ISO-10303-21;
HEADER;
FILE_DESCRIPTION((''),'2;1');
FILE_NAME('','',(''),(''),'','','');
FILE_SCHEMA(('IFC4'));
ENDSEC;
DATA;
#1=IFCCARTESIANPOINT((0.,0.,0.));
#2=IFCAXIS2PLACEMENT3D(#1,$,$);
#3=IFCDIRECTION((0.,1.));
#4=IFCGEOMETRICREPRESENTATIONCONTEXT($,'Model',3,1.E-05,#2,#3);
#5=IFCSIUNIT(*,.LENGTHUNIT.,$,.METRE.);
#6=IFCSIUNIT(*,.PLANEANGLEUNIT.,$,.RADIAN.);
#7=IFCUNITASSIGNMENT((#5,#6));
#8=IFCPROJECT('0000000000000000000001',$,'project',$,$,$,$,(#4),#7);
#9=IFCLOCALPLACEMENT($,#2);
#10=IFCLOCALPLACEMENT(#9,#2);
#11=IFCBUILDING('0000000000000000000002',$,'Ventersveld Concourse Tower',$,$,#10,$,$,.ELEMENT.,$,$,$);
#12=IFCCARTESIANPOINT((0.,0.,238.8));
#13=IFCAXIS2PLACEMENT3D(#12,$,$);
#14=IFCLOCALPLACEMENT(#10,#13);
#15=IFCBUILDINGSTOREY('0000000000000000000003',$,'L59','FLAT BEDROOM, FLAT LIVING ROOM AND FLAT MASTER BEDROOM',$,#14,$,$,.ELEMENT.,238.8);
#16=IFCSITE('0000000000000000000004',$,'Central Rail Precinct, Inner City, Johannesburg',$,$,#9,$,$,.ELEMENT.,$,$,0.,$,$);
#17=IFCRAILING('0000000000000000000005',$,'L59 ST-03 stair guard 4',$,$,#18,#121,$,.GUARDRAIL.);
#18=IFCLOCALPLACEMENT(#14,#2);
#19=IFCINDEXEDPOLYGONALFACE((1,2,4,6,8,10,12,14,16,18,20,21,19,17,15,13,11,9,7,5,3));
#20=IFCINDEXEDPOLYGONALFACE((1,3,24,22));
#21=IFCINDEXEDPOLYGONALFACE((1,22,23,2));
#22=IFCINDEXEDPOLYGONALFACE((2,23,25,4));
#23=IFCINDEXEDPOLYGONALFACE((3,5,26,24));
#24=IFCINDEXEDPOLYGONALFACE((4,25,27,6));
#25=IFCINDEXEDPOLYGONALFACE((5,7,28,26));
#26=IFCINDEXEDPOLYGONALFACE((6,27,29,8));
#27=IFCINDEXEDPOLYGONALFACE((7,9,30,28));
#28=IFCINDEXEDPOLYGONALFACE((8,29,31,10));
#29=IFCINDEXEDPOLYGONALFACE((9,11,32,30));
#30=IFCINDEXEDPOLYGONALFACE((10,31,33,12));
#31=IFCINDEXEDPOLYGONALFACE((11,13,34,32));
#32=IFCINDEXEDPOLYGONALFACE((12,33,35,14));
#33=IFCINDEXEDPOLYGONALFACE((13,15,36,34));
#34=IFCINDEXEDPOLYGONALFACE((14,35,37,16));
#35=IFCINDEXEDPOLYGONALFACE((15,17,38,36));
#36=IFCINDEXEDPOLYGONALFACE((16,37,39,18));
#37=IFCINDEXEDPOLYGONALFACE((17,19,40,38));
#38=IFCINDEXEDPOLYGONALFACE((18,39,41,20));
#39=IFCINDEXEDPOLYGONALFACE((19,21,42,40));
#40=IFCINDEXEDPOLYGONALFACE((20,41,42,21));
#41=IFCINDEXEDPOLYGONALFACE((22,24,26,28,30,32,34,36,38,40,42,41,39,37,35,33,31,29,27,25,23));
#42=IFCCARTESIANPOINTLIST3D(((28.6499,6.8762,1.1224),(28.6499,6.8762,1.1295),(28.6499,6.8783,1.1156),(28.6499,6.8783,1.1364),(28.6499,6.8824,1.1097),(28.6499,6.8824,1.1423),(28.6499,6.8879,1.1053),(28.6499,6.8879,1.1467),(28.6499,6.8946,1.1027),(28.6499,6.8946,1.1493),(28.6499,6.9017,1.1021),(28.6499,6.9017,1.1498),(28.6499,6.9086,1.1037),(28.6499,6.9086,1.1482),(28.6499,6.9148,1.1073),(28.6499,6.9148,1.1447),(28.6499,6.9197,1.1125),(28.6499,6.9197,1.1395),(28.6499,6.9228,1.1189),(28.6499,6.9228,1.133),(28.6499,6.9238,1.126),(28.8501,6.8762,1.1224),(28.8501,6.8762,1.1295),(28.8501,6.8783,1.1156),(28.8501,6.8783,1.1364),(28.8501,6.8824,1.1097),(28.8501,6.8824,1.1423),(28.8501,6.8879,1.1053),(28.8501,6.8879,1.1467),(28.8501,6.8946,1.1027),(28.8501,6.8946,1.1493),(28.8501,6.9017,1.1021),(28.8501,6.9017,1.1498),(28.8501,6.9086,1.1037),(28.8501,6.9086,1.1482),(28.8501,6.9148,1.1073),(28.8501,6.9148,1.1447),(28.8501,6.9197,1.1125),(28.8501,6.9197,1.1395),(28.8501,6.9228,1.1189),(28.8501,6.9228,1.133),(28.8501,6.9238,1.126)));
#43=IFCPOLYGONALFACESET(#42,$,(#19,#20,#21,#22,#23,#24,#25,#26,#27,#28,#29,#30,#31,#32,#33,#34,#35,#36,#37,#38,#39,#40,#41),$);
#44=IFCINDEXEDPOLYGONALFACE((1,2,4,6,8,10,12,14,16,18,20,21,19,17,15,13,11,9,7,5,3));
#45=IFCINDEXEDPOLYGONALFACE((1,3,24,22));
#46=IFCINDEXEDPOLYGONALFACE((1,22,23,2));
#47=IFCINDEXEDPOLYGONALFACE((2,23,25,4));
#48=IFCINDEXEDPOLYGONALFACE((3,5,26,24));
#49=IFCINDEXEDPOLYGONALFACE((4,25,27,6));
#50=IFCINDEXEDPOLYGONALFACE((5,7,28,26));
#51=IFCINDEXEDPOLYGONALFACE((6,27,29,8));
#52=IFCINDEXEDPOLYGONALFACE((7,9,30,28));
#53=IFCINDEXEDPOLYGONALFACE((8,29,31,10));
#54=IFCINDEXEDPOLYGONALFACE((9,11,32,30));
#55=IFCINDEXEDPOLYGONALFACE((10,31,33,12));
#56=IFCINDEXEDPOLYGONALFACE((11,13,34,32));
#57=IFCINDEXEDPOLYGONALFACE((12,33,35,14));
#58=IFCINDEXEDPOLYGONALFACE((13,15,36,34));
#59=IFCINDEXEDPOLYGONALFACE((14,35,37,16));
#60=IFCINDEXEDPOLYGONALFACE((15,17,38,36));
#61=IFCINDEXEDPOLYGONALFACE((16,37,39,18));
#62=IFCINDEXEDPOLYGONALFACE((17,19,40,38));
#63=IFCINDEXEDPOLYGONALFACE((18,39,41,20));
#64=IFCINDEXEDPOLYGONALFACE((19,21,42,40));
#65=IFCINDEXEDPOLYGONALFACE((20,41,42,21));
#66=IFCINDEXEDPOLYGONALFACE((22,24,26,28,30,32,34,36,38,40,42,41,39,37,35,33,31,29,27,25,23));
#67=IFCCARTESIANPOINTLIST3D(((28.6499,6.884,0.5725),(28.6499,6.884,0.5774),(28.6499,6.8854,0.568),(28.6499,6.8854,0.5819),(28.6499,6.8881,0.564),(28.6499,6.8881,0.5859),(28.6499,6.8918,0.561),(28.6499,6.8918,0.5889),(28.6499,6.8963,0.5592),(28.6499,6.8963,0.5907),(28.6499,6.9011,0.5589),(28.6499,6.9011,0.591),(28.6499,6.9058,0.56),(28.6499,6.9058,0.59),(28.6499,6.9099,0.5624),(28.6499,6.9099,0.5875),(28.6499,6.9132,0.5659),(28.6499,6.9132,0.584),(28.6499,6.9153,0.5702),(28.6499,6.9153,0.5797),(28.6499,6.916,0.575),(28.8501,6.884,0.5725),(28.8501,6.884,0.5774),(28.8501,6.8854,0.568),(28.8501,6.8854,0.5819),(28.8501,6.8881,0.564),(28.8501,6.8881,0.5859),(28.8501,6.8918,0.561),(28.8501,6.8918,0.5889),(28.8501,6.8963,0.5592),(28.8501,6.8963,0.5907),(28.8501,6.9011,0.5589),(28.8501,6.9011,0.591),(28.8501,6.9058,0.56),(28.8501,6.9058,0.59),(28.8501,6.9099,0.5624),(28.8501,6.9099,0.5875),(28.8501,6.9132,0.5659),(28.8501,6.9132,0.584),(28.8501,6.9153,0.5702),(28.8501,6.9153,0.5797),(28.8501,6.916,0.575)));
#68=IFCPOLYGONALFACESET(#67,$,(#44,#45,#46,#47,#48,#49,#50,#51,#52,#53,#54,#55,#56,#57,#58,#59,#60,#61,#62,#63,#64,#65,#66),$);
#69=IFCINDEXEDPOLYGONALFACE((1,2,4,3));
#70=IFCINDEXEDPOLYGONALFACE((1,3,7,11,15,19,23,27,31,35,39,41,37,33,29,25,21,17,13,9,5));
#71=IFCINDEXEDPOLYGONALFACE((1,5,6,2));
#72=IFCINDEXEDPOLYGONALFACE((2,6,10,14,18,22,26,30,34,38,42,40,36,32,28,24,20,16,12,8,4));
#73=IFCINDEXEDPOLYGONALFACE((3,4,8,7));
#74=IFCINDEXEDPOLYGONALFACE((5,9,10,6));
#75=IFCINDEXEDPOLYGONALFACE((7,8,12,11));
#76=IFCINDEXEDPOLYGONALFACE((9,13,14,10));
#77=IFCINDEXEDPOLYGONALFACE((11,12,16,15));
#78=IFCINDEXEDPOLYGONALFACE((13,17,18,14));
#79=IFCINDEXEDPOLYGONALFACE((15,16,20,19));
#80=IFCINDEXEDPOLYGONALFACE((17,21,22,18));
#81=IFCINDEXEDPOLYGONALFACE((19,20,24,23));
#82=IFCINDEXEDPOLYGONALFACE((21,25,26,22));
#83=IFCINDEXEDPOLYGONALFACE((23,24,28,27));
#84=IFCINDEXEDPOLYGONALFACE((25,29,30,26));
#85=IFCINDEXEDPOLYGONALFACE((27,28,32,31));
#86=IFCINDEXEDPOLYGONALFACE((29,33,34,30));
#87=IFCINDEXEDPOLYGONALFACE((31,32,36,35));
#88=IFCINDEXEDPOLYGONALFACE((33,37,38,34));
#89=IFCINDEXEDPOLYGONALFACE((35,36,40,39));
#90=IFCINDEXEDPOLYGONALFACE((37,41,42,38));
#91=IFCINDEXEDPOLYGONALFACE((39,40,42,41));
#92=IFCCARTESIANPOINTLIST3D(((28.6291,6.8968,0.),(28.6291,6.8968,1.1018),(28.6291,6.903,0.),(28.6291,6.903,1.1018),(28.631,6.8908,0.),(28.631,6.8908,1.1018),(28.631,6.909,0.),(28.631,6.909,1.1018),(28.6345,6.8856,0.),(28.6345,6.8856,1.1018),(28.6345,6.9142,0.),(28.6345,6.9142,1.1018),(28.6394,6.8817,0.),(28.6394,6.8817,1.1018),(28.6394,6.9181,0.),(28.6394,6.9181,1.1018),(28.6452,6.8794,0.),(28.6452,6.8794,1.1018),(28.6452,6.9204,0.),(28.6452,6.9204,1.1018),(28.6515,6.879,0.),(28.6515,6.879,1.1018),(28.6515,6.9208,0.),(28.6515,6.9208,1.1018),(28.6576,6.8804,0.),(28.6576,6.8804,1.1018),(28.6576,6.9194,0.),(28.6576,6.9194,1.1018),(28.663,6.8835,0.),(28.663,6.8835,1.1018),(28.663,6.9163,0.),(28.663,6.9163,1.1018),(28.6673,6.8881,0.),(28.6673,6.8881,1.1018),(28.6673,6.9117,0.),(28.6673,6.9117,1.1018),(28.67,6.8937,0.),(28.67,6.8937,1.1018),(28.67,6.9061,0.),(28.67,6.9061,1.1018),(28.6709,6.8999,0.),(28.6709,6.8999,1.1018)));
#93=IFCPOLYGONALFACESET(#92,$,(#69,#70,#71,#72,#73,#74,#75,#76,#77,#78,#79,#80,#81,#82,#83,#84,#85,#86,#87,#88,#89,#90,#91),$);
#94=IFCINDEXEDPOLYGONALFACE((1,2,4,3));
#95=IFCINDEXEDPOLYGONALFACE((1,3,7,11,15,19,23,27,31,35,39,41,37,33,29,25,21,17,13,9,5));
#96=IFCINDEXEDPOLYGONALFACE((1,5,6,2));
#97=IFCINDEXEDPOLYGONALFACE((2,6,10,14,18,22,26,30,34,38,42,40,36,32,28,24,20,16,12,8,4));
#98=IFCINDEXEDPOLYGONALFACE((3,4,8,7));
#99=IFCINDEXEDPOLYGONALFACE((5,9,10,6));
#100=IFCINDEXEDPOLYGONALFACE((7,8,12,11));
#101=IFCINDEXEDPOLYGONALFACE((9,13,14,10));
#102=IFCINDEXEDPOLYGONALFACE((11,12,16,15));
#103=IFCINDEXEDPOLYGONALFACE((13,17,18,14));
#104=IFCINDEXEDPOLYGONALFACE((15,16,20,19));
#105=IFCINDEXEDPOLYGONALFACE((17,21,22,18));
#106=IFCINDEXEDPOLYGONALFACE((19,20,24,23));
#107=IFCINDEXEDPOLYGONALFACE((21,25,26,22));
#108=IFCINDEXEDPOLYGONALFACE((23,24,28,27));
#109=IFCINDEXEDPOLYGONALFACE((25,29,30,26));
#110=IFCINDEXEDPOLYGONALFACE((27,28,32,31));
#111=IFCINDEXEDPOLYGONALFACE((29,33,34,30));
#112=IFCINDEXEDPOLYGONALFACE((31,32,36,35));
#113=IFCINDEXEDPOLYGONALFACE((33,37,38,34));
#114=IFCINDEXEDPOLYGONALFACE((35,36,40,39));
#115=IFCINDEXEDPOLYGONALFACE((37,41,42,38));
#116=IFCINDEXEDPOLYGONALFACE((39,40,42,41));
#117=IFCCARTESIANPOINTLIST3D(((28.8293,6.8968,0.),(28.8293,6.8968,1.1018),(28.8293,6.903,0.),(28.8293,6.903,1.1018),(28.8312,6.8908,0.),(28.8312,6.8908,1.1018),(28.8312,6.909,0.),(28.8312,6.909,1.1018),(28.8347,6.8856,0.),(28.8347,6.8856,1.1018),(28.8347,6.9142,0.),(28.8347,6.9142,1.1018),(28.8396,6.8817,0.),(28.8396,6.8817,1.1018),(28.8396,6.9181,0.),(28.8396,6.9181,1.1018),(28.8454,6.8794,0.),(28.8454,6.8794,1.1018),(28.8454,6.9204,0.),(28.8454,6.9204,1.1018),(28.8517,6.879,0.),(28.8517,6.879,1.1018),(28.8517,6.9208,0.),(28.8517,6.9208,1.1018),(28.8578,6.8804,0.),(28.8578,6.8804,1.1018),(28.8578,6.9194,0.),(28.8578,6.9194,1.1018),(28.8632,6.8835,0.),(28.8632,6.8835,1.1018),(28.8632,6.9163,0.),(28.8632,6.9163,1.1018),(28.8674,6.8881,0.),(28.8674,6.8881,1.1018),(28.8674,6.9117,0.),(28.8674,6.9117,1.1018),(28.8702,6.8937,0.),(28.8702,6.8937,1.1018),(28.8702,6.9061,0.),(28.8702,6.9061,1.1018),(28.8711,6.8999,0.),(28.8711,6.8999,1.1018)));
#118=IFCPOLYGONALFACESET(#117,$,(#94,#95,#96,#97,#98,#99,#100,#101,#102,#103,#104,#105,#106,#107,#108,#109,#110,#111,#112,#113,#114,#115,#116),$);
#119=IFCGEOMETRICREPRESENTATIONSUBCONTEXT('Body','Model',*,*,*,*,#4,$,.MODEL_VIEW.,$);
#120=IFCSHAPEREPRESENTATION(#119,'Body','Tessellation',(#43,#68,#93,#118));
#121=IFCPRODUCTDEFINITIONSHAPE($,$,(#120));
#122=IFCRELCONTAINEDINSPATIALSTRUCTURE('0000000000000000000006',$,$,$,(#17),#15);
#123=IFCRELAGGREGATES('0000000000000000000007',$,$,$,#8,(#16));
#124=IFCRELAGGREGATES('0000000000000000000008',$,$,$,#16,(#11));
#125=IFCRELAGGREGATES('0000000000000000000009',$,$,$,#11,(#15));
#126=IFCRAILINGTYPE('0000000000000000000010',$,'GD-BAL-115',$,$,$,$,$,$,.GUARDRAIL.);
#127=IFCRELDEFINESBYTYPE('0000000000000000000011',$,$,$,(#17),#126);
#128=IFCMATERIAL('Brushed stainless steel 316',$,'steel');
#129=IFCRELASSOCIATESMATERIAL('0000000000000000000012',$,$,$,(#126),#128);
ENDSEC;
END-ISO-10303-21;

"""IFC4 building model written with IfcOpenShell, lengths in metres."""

from ifc_helpers import new_model, si_unit, direction, frame, origin, origin_2d, place, context, subcontext, project, spatial, circle, extrude, material, type_object, element, save


model = new_model("IFC4")

# Units and contexts
model_context = context("Model", 3, precision=1e-05, world=origin(), true_north=direction((0.0, 1.0)))
body_context = subcontext(model_context, "Body", "Model", "MODEL_VIEW")
ifc_project = project(units=[si_unit("LENGTHUNIT", "METRE"), si_unit("PLANEANGLEUNIT", "RADIAN")], contexts=[model_context])

# Site, building, storey
site_placement = place(None, origin())
site = spatial("IfcSite", under=ifc_project, at=site_placement, Name="Central Rail Precinct, Inner City, Johannesburg", CompositionType="ELEMENT", RefElevation=0.0)
building_placement = place(site_placement, origin())
building = spatial("IfcBuilding", under=site, at=building_placement, Name="Ventersveld Concourse Tower", CompositionType="ELEMENT")
storey_placement = place(building_placement, frame((0.0, 0.0, 238.8)))
storey = spatial("IfcBuildingStorey", under=building, at=storey_placement, Name="L59", Description="FLAT BEDROOM, FLAT LIVING ROOM AND FLAT MASTER BEDROOM", CompositionType="ELEMENT", Elevation=238.8)

# Shared definitions
ifc_material_1 = material(Name="Brushed stainless steel 316", Category="steel")

# Railing
railing_type_1 = type_object("IfcRailingType", Name="GD-BAL-115", PredefinedType="GUARDRAIL", material=ifc_material_1)
railing_1_placement = place(storey_placement, frame((28.6499, 6.8999, 0.0)))
element("IfcRailing", 1, at=railing_1_placement, inside=storey, type_object=railing_type_1, Name="L59 ST-03 stair guard 4", PredefinedType="GUARDRAIL", context=body_context, shape_type="SweptSolid", body=[
    extrude(circle(Radius=0.0239, at=origin_2d()), frame((0.0, 0.0, 1.126), z_axis=(1.0, 0.0, 0.0), x_axis=(0.0, 1.0, 0.0)), (0.0, 0.0, 1.0), 0.2002),
    extrude(circle(Radius=0.0161, at=origin_2d()), frame((0.0, 0.0, 0.575), z_axis=(1.0, 0.0, 0.0), x_axis=(0.0, 1.0, 0.0)), (0.0, 0.0, 1.0), 0.2002),
    extrude(circle(Radius=0.021, at=origin_2d()), origin(), (0.0, 0.0, 1.0), 1.1018),
    extrude(circle(Radius=0.021, at=origin_2d()), frame((0.2002, 0.0, 0.0)), (0.0, 0.0, 1.0), 1.1018),
])

save(model, "model.ifc")
